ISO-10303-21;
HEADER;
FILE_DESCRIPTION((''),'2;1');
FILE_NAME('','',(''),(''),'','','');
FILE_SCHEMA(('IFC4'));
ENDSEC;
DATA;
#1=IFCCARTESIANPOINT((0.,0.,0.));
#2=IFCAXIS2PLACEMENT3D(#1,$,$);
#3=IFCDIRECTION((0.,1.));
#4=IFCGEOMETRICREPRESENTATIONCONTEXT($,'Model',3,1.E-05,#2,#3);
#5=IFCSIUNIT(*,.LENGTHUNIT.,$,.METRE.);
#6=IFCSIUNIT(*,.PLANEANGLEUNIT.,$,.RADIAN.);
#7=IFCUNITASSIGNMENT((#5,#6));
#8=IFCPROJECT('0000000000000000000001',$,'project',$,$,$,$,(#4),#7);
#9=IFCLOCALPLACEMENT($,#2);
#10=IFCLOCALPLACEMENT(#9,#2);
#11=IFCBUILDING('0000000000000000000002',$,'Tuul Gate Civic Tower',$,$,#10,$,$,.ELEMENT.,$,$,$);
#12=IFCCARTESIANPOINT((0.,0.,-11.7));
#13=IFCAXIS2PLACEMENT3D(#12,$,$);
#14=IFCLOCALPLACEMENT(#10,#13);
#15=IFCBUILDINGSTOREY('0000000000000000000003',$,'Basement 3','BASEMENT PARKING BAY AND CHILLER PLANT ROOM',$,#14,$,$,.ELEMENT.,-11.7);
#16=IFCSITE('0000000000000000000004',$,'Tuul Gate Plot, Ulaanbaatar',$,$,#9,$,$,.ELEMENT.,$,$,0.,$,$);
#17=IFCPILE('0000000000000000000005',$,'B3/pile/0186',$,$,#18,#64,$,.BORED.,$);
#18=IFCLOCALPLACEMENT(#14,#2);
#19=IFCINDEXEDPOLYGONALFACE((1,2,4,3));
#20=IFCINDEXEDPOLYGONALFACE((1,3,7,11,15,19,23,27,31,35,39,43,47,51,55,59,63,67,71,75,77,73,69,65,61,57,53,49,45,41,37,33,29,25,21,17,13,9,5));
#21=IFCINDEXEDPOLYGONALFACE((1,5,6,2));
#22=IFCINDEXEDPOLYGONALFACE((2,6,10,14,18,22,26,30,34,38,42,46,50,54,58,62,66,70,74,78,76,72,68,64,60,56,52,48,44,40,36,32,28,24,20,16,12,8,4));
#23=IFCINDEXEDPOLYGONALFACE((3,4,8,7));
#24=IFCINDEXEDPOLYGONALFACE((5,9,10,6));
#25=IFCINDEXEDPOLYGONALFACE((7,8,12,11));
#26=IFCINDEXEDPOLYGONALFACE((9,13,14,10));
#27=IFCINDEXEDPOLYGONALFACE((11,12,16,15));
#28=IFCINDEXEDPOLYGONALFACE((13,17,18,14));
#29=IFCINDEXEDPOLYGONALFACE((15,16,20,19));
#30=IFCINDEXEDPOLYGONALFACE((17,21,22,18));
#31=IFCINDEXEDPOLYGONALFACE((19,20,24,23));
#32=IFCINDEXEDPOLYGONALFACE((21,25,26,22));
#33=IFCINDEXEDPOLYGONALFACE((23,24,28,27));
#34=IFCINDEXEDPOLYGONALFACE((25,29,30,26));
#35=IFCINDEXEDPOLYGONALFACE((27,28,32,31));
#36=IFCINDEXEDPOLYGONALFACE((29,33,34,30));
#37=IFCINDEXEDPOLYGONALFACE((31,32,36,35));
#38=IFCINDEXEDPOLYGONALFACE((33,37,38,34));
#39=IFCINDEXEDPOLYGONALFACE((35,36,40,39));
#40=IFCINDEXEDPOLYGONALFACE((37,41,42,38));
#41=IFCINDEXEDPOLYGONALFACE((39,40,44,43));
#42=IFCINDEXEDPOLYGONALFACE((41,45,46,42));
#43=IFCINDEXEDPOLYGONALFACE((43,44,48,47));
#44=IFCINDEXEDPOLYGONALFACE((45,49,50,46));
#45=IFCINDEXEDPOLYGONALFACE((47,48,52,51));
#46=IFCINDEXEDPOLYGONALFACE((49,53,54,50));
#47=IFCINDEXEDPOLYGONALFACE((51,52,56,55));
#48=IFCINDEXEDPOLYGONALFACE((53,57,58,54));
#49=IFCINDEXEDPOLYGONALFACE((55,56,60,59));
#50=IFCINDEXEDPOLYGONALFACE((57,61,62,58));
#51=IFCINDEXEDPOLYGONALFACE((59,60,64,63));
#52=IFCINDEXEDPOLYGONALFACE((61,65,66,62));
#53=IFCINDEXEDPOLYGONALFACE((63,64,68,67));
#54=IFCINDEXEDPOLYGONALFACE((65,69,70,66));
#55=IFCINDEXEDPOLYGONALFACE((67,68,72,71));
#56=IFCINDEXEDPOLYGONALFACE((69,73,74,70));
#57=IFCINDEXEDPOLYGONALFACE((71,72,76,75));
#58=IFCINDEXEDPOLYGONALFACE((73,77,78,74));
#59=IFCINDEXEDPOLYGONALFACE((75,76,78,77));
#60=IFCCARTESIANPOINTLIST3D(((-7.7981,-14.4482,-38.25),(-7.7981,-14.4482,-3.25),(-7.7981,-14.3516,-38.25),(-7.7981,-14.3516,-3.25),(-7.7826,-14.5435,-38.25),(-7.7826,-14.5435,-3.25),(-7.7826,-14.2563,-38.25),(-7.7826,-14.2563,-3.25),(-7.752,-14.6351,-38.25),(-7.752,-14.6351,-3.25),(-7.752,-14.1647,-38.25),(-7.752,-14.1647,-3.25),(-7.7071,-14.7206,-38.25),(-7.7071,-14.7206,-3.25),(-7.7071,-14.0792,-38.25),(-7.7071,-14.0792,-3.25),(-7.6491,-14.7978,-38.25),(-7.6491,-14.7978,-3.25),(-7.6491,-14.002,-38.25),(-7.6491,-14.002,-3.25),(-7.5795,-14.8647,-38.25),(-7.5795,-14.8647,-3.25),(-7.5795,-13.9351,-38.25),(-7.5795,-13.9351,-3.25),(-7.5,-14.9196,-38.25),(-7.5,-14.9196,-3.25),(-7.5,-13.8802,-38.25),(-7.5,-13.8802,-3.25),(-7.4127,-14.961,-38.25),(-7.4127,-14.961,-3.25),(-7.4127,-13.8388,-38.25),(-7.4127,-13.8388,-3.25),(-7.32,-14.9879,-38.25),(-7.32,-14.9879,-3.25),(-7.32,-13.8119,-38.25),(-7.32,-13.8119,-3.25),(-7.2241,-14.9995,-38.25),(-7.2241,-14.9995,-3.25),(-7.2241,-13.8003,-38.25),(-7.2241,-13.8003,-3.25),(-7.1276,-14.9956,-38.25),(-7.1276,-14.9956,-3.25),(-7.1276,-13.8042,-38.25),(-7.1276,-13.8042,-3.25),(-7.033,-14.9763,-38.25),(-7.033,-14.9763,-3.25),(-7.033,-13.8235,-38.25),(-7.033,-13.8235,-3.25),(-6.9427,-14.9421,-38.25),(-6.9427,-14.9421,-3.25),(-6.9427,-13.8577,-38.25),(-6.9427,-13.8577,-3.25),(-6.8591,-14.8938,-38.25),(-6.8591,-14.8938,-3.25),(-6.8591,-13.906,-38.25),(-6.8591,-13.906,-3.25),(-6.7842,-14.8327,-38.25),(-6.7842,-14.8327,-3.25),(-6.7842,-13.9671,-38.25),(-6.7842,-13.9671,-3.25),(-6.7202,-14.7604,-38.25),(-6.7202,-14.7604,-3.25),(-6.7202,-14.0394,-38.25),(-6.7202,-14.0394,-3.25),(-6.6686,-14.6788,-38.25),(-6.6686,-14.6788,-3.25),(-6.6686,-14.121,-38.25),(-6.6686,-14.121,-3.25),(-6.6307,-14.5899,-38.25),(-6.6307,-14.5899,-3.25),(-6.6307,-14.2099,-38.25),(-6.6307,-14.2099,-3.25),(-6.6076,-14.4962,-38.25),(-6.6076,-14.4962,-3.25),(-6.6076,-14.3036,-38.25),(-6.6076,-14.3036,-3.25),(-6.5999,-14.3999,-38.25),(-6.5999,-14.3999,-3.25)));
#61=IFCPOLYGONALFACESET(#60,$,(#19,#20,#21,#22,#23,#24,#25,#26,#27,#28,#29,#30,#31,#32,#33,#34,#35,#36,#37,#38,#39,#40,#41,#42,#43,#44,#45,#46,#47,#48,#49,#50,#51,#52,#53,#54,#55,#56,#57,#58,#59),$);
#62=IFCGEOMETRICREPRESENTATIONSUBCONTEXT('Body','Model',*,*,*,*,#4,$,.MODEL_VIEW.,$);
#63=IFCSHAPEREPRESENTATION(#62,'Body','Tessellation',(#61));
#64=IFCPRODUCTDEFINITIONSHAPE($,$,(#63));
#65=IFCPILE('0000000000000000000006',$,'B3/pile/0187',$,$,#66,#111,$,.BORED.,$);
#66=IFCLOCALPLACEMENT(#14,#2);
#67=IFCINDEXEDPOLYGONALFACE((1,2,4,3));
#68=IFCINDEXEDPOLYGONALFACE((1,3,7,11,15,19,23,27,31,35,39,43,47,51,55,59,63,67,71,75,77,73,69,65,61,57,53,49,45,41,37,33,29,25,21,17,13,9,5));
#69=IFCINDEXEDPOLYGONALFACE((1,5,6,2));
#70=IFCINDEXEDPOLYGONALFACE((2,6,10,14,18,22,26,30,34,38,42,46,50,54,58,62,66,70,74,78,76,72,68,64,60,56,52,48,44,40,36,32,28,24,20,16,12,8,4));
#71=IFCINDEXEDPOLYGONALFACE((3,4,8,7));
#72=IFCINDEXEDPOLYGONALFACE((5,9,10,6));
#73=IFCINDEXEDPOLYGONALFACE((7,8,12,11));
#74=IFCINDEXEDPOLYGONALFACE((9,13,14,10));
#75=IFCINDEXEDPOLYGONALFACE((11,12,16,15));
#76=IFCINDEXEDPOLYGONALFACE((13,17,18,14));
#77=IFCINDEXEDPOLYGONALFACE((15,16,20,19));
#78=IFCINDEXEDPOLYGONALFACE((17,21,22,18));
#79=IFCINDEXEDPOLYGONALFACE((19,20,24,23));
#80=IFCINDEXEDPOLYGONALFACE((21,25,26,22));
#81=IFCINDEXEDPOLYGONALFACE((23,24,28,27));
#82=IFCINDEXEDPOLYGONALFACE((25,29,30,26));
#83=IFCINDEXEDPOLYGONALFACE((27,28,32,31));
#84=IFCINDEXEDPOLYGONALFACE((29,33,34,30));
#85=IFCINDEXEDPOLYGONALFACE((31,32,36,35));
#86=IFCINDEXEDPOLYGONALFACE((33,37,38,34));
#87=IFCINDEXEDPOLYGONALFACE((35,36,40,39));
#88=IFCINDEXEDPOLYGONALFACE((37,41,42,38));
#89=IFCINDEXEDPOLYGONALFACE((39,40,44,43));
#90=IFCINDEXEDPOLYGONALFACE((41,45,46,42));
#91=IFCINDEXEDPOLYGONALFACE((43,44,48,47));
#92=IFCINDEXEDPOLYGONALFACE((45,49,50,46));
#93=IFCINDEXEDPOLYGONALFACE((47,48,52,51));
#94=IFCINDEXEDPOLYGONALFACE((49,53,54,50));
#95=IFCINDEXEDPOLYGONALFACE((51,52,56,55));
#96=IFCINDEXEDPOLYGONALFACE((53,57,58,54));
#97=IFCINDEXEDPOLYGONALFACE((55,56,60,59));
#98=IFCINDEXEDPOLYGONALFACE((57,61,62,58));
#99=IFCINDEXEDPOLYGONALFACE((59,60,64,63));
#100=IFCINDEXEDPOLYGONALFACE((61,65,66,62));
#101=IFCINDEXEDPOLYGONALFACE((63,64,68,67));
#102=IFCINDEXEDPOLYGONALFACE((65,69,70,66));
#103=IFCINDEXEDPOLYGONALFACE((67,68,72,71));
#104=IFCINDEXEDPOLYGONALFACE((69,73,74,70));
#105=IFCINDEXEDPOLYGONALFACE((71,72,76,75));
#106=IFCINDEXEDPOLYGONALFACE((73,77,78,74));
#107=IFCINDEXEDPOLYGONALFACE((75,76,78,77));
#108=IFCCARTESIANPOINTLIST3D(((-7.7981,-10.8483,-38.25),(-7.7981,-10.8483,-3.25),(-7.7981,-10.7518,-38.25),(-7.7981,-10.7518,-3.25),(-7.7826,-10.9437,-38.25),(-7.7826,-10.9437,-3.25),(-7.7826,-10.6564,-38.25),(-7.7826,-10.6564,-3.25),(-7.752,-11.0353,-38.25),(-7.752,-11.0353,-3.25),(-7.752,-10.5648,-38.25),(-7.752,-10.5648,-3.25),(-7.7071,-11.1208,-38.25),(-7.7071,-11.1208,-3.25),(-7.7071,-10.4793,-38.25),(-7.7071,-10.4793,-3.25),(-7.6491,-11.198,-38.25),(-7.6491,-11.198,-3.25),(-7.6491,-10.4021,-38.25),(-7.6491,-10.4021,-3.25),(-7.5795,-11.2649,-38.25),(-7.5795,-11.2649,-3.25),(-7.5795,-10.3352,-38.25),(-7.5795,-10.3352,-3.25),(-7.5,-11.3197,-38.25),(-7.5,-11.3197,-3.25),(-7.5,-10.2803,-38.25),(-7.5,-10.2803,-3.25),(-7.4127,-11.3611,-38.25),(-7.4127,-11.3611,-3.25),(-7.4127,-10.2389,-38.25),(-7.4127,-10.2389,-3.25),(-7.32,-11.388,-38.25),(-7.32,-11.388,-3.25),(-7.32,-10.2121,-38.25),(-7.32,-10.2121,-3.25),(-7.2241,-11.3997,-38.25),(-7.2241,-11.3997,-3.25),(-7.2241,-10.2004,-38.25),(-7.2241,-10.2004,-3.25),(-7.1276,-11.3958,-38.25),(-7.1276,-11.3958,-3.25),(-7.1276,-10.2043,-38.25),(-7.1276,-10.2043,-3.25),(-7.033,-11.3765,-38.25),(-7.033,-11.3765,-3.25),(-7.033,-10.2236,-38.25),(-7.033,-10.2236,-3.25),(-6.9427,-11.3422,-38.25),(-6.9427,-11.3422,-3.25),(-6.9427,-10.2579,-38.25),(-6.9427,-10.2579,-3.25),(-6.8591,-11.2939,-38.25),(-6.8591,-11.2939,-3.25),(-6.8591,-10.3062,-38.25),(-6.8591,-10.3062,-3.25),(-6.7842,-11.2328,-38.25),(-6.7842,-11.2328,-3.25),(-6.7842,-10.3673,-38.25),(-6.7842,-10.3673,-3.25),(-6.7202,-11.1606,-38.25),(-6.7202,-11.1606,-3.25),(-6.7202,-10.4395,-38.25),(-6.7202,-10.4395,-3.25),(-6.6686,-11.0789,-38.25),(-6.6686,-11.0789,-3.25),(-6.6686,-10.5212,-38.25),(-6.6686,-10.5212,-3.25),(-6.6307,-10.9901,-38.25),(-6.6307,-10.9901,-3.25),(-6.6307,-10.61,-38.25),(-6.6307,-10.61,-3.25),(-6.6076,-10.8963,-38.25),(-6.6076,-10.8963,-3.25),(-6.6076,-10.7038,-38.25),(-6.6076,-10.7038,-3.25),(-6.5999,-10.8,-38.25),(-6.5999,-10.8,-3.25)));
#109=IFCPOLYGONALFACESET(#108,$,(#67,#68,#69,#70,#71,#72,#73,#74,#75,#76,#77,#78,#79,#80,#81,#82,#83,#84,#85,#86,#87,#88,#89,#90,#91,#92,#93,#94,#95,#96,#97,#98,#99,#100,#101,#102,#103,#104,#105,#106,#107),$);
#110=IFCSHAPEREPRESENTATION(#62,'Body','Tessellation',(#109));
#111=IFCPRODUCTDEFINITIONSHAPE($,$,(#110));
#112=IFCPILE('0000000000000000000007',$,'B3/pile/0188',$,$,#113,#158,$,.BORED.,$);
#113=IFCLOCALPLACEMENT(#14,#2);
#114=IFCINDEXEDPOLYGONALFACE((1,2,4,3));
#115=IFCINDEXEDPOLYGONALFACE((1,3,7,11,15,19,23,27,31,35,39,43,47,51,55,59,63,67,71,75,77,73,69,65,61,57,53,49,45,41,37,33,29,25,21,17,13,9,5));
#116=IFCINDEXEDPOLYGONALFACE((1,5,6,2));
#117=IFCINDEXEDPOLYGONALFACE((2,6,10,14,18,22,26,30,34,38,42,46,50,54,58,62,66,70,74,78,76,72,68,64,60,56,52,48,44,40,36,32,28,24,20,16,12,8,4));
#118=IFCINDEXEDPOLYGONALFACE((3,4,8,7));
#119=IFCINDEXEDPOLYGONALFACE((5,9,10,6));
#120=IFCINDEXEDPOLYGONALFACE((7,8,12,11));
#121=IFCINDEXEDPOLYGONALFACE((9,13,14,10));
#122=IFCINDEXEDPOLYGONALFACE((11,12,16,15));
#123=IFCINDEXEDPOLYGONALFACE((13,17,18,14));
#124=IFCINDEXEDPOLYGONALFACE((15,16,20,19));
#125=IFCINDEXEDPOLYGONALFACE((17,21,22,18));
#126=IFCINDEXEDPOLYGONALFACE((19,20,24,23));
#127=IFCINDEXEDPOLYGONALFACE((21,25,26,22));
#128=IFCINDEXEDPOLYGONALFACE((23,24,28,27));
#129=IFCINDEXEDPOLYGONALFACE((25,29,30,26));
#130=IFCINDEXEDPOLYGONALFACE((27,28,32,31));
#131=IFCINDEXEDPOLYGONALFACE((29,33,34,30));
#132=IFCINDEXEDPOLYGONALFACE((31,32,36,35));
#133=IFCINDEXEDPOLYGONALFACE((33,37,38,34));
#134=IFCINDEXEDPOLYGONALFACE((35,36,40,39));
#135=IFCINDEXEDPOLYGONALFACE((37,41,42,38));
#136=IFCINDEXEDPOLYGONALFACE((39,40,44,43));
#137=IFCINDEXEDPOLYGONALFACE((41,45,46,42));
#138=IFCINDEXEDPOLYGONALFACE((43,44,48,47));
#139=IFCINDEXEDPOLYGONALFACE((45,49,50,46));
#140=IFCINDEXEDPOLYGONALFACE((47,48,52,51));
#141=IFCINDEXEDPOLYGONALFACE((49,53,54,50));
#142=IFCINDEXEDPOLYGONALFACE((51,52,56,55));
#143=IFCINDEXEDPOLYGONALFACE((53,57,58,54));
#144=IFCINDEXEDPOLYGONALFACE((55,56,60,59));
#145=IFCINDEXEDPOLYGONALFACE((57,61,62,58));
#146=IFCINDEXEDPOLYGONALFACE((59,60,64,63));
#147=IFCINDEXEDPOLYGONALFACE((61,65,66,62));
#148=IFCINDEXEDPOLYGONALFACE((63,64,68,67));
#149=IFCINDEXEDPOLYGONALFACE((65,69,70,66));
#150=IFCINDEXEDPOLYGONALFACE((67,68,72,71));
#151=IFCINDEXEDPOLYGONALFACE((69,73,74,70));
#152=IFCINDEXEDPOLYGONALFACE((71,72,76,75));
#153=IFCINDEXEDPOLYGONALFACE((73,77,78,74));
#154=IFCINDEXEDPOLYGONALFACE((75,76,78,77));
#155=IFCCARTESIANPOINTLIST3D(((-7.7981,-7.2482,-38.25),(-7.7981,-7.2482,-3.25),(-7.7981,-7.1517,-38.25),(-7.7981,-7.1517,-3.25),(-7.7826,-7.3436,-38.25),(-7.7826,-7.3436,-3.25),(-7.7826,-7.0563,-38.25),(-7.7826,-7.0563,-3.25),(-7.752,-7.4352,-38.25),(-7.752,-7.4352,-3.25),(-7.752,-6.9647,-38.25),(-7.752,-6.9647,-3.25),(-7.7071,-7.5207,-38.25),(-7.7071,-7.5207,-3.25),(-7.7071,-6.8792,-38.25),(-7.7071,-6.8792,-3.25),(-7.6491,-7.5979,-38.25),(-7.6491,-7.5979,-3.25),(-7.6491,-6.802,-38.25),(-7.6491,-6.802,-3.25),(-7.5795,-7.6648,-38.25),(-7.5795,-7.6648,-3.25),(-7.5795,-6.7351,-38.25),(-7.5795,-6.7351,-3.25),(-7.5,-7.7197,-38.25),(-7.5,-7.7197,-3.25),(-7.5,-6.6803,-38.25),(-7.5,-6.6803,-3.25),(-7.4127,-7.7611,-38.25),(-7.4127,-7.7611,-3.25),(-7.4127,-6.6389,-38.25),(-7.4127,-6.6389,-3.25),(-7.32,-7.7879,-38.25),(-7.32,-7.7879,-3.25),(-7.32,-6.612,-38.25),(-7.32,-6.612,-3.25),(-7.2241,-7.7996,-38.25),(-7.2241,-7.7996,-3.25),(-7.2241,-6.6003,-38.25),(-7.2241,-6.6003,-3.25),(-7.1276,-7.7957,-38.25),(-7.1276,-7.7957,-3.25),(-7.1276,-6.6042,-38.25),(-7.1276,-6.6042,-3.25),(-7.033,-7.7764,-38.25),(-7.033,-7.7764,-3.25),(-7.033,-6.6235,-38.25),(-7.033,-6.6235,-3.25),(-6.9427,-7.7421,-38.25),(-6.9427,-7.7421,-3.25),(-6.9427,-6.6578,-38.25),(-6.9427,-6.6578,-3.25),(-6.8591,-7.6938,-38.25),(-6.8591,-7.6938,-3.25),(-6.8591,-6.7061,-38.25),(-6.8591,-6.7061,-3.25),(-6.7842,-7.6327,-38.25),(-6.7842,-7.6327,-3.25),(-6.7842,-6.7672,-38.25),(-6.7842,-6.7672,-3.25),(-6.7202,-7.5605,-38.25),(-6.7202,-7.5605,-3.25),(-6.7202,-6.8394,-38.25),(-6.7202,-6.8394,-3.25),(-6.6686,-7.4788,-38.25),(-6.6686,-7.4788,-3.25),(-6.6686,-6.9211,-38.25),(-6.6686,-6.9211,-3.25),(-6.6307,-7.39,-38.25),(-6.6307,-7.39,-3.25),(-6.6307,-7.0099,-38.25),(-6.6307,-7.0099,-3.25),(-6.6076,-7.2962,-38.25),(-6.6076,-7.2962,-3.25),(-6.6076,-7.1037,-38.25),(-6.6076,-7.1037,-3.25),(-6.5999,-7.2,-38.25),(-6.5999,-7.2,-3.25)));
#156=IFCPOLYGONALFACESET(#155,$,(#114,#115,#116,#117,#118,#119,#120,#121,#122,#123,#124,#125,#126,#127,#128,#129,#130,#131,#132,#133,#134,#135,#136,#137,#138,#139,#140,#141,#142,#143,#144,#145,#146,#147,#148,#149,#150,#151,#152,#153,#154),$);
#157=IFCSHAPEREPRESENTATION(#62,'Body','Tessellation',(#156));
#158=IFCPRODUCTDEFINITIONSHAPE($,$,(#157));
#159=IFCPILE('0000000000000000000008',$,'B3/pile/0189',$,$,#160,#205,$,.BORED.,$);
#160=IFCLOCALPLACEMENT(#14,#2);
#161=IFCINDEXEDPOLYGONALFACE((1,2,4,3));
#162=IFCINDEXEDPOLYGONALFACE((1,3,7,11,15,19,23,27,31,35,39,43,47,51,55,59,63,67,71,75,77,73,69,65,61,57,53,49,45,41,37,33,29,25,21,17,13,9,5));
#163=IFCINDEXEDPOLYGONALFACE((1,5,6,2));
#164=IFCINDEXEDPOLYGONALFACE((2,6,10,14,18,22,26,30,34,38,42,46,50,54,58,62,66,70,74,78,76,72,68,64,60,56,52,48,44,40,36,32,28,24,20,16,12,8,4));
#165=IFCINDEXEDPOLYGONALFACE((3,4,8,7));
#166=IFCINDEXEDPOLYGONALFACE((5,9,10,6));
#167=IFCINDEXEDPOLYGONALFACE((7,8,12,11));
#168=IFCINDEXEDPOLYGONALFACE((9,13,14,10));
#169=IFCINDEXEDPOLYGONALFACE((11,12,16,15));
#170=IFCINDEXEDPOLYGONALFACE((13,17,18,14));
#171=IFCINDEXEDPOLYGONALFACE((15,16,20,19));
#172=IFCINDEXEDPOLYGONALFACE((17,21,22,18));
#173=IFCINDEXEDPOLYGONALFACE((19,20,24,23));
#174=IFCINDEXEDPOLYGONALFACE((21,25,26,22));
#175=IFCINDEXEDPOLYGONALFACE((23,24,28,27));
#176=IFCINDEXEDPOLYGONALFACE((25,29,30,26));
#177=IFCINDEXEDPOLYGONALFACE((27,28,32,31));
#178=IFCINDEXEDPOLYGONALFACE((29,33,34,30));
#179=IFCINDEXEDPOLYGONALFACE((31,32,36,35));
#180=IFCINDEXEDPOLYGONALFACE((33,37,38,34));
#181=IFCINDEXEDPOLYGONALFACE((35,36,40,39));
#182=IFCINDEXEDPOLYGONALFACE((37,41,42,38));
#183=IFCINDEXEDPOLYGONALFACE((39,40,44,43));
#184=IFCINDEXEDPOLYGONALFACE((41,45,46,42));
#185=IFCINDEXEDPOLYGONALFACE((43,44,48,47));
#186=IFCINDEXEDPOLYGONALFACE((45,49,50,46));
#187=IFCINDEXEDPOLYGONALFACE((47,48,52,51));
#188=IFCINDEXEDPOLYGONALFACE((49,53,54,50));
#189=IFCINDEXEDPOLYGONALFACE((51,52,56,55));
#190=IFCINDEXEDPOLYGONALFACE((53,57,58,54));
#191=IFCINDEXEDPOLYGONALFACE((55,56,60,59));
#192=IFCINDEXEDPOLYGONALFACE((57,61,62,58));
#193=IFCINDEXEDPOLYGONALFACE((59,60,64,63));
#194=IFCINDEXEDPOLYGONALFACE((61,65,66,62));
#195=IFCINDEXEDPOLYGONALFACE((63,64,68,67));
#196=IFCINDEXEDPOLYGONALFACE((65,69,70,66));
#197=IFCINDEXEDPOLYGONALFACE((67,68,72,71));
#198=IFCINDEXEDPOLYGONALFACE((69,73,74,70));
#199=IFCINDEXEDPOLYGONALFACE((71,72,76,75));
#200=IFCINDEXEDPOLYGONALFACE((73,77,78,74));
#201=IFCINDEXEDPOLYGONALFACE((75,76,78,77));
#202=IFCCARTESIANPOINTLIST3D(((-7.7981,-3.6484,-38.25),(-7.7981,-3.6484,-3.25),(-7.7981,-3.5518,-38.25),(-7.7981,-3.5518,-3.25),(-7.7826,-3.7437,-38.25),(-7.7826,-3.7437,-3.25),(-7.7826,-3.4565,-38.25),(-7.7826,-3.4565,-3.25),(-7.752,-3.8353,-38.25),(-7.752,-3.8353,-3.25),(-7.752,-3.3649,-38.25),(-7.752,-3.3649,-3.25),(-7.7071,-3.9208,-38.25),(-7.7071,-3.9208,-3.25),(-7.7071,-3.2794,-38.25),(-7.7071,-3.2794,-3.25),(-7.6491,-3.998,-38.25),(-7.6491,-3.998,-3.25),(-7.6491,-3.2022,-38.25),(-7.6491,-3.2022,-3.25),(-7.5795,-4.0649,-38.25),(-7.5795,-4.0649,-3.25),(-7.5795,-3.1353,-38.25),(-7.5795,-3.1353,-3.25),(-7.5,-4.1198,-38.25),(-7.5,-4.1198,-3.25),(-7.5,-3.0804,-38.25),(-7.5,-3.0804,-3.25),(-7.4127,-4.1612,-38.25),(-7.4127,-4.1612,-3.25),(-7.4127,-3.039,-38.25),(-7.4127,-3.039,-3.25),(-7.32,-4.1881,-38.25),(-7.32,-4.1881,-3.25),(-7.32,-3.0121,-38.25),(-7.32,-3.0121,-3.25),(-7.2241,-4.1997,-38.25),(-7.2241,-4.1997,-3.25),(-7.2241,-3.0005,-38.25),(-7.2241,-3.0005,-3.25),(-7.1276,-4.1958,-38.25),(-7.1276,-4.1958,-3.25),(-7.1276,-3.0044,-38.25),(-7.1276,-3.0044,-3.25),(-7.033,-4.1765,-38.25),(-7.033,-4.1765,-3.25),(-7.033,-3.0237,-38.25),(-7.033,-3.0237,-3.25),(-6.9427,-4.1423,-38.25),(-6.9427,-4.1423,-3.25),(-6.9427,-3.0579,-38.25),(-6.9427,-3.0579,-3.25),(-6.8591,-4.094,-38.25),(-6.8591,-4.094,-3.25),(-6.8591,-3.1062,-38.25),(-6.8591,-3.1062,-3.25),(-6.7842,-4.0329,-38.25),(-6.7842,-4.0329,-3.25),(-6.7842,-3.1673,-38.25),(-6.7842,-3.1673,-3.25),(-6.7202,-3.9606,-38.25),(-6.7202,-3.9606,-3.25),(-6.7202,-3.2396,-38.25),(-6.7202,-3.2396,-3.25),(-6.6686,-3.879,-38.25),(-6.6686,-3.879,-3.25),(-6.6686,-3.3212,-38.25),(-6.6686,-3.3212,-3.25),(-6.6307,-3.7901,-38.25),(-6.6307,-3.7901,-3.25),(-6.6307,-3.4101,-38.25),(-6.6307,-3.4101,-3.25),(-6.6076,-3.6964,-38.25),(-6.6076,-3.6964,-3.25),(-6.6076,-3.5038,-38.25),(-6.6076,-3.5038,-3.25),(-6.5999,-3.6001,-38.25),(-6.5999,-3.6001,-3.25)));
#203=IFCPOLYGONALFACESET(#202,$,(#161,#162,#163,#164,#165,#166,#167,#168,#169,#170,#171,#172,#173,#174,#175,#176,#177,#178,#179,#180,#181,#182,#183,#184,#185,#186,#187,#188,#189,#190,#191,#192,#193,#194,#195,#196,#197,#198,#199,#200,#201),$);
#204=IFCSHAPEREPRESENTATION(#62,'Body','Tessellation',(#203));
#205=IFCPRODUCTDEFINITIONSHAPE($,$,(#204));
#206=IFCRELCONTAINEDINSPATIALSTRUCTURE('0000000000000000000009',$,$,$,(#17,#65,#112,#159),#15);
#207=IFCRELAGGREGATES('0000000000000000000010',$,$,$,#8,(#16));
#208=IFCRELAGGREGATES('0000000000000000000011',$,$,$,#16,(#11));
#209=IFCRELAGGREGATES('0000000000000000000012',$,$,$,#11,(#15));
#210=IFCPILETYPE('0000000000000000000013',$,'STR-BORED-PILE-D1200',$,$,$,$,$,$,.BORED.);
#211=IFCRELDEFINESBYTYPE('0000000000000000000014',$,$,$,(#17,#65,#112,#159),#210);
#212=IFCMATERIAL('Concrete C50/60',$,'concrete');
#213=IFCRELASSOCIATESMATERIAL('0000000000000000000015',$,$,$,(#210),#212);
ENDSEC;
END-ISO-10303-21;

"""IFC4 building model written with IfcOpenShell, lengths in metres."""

from ifc_helpers import new_model, si_unit, direction, frame, origin, origin_2d, place, context, subcontext, project, spatial, circle, extrude, material, material_profile, profile_set, type_object, element, save


model = new_model("IFC4")

# Units and contexts
model_context = context("Model", 3, precision=1e-05, world=origin(), true_north=direction((0.0, 1.0)))
body_context = subcontext(model_context, "Body", "Model", "MODEL_VIEW")
ifc_project = project(units=[si_unit("LENGTHUNIT", "METRE"), si_unit("PLANEANGLEUNIT", "RADIAN")], contexts=[model_context])

# Site, building, storey
site_placement = place(None, origin())
site = spatial("IfcSite", under=ifc_project, at=site_placement, Name="Tuul Gate Plot, Ulaanbaatar", CompositionType="ELEMENT", RefElevation=0.0)
building_placement = place(site_placement, origin())
building = spatial("IfcBuilding", under=site, at=building_placement, Name="Tuul Gate Civic Tower", CompositionType="ELEMENT")
storey_placement = place(building_placement, frame((0.0, 0.0, -11.7)))
storey = spatial("IfcBuildingStorey", under=building, at=storey_placement, Name="Basement 3", Description="BASEMENT PARKING BAY AND CHILLER PLANT ROOM", CompositionType="ELEMENT", Elevation=-11.7)

# Piles
ifc_material_1 = material(Name="Concrete C50/60", Category="concrete")
ifc_material_profile_1 = material_profile(ifc_material_1, circle(Radius=0.6001, at=origin_2d()), Name="PILE1200")
ifc_profile_set_1 = profile_set([ifc_material_profile_1], Name="Concrete C50/60")
pile_type = type_object("IfcPileType", Name="STR-BORED-PILE-D1200", PredefinedType="BORED", material=ifc_profile_set_1)
for number, where, z_axis, x_axis, name in (
    (1, (-7.2, -14.3999, -3.25), (0.0, 0.0, -1.0), (1.0, 0.0, 0.0), "B3/pile/0186"),
    (2, (-7.2, -10.8, -3.25), (0.0, 0.0, -1.0), (1.0, 0.0, 0.0), "B3/pile/0187"),
    (3, (-7.2, -7.2, -3.25), (0.0, 0.0, -1.0), (1.0, 0.0, 0.0), "B3/pile/0188"),
    (4, (-7.2, -3.6001, -3.25), (0.0, 0.0, -1.0), (1.0, 0.0, 0.0), "B3/pile/0189"),
):
    element("IfcPile", number, at=place(storey_placement, frame(where, z_axis=z_axis, x_axis=x_axis)), inside=storey, type_object=pile_type, Name=name, PredefinedType="BORED", context=body_context, shape_type="SweptSolid", body=[
        extrude(circle(Radius=0.6001, at=origin_2d()), origin(), (0.0, 0.0, 1.0), 35.0),
    ])

save(model, "model.ifc")
